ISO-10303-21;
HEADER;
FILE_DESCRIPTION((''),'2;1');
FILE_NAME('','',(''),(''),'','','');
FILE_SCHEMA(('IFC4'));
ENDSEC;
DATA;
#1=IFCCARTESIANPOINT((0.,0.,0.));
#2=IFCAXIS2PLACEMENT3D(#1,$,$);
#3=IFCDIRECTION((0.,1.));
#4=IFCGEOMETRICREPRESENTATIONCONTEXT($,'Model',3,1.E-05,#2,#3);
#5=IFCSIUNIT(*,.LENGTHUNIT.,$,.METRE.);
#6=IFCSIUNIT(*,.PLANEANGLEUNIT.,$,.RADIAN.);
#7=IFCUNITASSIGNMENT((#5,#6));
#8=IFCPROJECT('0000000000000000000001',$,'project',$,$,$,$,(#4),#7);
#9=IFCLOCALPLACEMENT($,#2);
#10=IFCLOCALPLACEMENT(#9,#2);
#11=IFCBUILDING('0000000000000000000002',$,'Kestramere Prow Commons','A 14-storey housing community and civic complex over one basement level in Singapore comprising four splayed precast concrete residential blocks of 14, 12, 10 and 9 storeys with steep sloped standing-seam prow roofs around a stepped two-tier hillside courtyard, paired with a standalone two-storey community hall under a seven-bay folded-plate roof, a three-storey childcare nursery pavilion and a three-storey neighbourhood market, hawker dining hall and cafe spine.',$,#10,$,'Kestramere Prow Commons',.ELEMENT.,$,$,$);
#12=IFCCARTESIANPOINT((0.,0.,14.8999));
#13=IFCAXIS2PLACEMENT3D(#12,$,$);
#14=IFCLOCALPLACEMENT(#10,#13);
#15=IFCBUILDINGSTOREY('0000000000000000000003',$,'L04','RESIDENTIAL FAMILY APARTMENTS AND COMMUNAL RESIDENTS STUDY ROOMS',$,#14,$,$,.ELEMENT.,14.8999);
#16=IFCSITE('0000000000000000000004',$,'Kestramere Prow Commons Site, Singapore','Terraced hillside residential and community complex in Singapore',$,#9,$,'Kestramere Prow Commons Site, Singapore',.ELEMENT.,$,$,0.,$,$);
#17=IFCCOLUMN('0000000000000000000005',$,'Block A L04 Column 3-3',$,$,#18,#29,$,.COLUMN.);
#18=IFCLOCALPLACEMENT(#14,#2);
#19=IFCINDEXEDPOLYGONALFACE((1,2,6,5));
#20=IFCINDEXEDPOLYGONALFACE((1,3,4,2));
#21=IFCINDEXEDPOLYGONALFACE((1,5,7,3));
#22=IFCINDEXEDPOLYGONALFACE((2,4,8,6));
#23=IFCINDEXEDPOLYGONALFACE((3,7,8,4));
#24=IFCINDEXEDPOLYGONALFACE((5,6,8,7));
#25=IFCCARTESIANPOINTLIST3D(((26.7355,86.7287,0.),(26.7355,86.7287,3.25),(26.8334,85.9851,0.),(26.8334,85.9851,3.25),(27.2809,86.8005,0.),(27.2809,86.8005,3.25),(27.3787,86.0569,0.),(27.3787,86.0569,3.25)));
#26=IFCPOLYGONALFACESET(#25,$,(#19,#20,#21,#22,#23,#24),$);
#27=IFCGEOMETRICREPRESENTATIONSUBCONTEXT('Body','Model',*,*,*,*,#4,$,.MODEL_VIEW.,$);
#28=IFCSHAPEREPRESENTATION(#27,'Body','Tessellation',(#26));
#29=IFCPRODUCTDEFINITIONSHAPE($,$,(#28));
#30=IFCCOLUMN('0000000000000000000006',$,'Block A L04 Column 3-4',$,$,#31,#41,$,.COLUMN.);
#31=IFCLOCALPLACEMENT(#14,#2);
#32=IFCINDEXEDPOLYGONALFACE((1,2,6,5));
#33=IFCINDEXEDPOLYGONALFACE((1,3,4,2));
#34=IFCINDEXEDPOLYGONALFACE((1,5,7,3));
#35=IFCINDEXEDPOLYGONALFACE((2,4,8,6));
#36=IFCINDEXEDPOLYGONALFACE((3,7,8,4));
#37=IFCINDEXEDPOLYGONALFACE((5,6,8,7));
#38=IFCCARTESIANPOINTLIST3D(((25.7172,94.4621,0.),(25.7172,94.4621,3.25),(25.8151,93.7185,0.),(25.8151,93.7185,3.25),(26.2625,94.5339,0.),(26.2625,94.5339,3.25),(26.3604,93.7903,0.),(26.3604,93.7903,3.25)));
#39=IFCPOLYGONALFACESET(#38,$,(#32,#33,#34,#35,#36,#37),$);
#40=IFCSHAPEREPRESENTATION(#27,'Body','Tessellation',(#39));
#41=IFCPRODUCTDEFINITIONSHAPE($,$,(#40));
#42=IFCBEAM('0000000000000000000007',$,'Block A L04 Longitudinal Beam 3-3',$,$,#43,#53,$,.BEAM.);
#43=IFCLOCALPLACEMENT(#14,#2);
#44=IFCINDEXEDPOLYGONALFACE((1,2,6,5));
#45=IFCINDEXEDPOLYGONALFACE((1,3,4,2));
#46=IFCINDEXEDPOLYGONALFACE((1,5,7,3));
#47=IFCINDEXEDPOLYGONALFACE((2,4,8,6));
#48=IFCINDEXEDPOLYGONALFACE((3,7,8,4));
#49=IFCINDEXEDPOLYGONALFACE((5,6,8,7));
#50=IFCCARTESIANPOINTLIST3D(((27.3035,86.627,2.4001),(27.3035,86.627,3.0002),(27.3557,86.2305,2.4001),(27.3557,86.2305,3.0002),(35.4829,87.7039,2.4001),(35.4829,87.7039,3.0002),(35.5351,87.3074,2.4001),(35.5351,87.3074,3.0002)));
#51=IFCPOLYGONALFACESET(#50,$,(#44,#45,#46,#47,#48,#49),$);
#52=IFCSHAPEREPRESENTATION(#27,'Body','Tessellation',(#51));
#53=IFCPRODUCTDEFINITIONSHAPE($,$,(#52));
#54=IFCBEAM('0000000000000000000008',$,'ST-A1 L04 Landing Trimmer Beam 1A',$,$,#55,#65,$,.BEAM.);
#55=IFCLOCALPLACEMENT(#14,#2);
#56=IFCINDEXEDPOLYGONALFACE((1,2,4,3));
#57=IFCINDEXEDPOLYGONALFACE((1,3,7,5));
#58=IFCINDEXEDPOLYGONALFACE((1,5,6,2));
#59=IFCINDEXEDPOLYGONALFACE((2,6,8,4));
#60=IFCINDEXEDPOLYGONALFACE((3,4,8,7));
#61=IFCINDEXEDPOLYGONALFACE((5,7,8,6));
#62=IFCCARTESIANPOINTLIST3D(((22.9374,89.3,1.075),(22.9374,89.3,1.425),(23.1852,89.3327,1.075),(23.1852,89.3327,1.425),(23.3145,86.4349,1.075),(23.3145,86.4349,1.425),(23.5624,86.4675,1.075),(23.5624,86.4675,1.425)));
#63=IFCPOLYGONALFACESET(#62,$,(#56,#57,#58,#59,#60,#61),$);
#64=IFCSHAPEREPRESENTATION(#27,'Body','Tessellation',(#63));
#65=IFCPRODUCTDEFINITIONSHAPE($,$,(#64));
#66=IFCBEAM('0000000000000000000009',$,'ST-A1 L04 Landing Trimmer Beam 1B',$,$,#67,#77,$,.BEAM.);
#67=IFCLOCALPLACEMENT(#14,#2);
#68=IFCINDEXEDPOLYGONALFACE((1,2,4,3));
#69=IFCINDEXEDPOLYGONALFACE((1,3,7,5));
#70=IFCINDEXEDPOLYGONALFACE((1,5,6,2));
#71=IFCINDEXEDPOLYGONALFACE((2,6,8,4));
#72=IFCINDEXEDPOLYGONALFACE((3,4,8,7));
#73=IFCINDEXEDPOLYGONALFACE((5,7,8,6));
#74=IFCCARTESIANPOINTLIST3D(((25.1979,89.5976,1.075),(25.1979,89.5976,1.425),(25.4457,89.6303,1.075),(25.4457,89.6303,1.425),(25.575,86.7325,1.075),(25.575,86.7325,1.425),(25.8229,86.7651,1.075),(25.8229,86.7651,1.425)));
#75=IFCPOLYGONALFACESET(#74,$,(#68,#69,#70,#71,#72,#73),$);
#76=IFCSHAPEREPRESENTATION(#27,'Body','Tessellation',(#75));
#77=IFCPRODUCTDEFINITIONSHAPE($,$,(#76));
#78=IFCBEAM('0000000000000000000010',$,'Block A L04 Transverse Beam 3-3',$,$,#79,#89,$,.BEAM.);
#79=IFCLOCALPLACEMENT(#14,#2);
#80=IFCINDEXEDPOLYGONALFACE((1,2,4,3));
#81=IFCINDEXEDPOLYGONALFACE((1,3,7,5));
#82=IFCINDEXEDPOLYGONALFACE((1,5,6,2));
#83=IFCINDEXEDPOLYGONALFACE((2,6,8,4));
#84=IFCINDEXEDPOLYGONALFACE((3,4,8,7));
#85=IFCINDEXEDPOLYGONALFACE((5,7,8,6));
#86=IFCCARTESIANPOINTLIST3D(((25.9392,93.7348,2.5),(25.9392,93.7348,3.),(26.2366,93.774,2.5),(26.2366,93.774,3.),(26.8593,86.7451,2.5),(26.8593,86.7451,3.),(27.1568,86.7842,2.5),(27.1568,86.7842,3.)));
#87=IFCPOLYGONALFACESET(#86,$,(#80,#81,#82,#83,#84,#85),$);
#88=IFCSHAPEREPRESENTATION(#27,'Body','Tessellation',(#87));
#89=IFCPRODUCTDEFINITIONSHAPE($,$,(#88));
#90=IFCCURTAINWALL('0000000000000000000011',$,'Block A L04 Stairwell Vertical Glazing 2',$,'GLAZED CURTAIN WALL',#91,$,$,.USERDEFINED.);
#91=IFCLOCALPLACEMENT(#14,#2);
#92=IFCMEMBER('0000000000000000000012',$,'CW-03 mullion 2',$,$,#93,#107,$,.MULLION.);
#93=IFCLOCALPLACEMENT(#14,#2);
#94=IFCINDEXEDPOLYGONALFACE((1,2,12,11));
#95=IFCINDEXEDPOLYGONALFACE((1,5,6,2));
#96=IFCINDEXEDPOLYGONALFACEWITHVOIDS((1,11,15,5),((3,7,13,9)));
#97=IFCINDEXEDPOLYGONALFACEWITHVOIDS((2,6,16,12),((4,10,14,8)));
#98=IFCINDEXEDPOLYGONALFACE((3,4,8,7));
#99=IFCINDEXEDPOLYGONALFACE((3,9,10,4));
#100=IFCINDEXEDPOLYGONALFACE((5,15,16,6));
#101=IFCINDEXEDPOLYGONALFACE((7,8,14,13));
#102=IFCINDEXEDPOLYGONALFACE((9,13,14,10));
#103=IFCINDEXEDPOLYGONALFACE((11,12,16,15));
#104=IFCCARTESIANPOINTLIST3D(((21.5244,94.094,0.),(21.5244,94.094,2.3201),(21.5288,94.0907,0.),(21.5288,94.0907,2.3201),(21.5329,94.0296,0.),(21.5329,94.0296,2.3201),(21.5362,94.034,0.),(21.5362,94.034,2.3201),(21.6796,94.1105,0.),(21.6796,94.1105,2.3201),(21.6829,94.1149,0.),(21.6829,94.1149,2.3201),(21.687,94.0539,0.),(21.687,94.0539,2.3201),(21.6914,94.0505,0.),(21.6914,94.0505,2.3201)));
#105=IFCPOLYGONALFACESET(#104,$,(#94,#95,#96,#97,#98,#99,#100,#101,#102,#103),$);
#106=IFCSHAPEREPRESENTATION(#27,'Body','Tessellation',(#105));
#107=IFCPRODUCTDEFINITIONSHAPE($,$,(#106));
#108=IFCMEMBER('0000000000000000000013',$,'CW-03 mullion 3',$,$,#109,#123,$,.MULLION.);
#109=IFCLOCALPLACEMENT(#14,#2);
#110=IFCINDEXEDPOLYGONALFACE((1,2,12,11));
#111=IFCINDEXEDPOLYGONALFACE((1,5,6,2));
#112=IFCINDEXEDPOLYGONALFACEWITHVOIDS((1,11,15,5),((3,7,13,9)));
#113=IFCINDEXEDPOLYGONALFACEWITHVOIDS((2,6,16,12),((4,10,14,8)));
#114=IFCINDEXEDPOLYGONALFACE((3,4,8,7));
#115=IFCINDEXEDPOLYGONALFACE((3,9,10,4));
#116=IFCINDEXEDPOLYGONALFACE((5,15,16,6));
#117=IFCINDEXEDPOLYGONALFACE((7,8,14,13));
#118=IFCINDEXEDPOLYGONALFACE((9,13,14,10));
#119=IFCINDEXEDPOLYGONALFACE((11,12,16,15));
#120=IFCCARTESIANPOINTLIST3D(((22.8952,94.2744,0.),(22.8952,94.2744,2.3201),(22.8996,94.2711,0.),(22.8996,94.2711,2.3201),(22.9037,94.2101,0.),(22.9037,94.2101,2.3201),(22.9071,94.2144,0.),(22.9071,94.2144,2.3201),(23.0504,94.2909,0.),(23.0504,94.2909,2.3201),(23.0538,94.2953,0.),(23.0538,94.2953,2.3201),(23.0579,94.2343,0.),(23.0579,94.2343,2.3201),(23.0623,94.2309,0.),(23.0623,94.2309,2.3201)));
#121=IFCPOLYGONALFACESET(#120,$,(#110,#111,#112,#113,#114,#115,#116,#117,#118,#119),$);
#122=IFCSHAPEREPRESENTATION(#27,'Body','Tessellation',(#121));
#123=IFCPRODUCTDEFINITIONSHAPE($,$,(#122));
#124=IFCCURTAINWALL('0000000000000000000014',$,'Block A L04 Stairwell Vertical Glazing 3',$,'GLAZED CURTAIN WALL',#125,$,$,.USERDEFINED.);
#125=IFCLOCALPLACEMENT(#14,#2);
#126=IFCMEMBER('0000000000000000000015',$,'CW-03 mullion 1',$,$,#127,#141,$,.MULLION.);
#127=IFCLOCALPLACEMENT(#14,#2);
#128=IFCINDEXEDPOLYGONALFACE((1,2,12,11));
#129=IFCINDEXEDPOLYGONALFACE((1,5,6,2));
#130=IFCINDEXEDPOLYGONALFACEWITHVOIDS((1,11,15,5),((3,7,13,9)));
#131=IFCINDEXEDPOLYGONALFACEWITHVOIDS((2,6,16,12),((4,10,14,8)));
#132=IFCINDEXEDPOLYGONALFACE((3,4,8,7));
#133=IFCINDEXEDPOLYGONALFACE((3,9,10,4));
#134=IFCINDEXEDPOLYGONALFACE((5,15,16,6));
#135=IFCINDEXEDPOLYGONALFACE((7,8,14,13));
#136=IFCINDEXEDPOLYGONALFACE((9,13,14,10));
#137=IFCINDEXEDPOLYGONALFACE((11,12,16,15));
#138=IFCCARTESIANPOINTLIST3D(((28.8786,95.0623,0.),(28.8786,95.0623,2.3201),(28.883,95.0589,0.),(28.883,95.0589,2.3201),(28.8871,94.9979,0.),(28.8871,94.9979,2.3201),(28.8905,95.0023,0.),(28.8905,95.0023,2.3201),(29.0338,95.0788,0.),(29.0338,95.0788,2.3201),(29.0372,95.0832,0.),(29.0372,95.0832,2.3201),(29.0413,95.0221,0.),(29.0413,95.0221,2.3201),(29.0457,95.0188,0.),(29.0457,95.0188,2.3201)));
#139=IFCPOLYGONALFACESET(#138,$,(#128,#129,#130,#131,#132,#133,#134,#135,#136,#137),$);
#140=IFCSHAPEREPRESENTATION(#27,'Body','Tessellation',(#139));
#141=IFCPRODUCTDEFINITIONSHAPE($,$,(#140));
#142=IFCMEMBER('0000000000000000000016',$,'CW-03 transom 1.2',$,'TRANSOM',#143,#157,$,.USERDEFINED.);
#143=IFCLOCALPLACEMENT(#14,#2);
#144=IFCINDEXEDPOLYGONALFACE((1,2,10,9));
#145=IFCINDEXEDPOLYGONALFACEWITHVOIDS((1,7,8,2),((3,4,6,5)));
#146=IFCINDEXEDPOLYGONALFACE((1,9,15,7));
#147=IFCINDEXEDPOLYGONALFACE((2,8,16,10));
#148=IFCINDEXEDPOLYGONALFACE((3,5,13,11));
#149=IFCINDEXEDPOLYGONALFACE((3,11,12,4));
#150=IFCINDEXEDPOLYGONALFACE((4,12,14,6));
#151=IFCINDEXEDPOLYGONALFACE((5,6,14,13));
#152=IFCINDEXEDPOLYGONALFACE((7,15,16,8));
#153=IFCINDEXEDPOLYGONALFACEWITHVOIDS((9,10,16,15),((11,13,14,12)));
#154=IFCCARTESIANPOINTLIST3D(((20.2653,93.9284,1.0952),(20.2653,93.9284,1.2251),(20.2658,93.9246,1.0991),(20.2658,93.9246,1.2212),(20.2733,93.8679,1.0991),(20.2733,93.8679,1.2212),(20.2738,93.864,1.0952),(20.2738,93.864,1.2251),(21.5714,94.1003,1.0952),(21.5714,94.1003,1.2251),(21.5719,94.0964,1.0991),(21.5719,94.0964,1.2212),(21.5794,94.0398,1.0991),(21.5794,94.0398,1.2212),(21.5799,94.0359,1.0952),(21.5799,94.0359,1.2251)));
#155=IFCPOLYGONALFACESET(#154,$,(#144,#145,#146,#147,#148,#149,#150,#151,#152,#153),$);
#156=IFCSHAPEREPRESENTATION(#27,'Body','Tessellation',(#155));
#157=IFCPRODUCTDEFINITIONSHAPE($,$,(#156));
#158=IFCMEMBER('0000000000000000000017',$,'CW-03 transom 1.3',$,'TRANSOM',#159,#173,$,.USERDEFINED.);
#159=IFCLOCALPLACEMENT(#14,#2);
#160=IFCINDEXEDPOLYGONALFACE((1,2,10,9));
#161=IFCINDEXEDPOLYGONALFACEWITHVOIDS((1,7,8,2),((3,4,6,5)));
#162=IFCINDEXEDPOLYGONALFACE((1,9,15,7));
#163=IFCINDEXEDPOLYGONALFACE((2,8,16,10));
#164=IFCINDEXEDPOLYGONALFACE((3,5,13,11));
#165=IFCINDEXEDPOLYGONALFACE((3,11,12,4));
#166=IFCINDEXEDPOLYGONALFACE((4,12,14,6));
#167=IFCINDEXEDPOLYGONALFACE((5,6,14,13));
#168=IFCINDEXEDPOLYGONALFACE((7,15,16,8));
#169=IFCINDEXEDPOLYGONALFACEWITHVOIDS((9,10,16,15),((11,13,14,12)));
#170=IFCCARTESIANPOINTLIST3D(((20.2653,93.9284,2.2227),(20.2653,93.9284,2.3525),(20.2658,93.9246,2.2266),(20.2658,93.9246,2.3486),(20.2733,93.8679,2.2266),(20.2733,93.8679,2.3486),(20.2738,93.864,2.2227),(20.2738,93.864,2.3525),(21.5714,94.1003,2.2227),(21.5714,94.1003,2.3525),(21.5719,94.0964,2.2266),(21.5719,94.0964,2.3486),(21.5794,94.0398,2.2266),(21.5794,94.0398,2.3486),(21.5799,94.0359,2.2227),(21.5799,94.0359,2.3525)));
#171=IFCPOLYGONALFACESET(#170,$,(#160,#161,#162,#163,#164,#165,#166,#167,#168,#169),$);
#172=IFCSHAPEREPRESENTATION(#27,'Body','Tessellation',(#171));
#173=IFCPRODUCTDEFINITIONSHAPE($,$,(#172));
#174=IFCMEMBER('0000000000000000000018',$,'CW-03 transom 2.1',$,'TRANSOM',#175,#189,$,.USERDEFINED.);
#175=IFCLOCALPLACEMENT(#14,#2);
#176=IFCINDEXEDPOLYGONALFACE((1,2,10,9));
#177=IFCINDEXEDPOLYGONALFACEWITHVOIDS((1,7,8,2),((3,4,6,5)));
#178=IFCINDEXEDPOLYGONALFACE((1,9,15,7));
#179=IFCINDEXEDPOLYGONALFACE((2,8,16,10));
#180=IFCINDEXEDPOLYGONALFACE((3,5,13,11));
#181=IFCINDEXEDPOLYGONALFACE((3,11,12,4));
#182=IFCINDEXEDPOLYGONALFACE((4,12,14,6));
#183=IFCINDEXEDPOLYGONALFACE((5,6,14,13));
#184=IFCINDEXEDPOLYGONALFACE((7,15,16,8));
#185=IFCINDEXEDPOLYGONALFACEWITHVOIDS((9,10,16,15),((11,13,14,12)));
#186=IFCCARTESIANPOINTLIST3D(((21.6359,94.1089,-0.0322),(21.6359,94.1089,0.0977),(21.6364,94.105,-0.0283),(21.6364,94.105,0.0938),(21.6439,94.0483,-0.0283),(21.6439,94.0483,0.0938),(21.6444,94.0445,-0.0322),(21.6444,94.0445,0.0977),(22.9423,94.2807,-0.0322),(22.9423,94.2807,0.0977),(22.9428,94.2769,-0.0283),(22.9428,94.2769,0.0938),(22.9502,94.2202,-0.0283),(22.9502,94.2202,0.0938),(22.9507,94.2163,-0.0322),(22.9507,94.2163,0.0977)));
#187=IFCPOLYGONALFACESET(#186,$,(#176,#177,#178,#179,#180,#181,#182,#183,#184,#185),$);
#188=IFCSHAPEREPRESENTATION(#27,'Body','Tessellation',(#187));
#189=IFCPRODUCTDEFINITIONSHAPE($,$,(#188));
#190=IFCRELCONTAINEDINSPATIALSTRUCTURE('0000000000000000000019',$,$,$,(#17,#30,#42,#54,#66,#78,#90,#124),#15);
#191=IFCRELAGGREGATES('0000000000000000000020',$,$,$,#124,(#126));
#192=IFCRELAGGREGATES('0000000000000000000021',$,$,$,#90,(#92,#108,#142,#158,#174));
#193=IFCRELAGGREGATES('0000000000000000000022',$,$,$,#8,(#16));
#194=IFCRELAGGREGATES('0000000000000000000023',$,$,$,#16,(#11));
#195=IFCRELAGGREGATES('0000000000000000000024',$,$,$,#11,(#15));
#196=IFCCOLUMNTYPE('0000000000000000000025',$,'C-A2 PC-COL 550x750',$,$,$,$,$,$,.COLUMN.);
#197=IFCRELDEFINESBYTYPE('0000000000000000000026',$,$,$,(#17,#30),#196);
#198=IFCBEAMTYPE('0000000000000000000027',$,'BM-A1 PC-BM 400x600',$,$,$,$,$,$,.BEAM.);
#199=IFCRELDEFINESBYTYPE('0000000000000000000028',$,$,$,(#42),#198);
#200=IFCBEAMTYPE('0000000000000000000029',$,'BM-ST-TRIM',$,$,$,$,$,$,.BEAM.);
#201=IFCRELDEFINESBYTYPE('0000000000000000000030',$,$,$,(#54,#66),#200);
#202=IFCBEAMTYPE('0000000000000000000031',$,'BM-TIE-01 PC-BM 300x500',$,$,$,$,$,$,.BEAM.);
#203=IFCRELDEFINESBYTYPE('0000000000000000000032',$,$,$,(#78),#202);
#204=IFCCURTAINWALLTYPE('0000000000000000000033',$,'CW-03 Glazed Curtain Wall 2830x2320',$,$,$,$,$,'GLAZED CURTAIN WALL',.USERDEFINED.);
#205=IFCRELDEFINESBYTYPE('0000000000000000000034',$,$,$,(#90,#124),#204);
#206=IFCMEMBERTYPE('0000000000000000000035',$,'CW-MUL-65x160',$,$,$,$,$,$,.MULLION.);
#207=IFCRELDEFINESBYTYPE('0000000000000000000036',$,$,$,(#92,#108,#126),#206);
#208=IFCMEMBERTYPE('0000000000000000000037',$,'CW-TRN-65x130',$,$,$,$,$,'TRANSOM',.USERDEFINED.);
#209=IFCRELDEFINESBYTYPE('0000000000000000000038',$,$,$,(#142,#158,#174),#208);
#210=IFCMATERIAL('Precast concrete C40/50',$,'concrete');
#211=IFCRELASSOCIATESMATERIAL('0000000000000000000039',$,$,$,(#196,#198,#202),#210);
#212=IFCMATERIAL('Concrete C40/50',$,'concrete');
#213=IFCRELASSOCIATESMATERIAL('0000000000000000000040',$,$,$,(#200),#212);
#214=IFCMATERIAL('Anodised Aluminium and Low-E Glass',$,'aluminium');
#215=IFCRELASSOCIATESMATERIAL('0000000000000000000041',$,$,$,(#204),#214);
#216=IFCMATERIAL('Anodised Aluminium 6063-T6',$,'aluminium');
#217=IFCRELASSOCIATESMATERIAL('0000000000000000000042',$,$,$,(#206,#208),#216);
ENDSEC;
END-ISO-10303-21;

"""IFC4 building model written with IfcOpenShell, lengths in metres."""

from ifc_helpers import new_model, si_unit, direction, frame, origin, origin_2d, place, context, subcontext, project, spatial, rectangle, hollow_rectangle, extrude, material, material_profile, profile_set, type_object, element, aggregate, save


model = new_model("IFC4")

# Units and contexts
model_context = context("Model", 3, precision=1e-05, world=origin(), true_north=direction((0.0, 1.0)))
body_context = subcontext(model_context, "Body", "Model", "MODEL_VIEW")
ifc_project = project(units=[si_unit("LENGTHUNIT", "METRE"), si_unit("PLANEANGLEUNIT", "RADIAN")], contexts=[model_context])

# Site, building, storey
site_placement = place(None, origin())
site = spatial("IfcSite", under=ifc_project, at=site_placement, Name="Kestramere Prow Commons Site, Singapore", Description="Terraced hillside residential and community complex in Singapore", LongName="Kestramere Prow Commons Site, Singapore", CompositionType="ELEMENT", RefElevation=0.0)
building_placement = place(site_placement, origin())
building = spatial("IfcBuilding", under=site, at=building_placement, Name="Kestramere Prow Commons", Description="A 14-storey housing community and civic complex over one basement level in Singapore comprising four splayed precast concrete residential blocks of 14, 12, 10 and 9 storeys with steep sloped standing-seam prow roofs around a stepped two-tier hillside courtyard, paired with a standalone two-storey community hall under a seven-bay folded-plate roof, a three-storey childcare nursery pavilion and a three-storey neighbourhood market, hawker dining hall and cafe spine.", LongName="Kestramere Prow Commons", CompositionType="ELEMENT")
storey_placement = place(building_placement, frame((0.0, 0.0, 14.8999)))
storey = spatial("IfcBuildingStorey", under=building, at=storey_placement, Name="L04", Description="RESIDENTIAL FAMILY APARTMENTS AND COMMUNAL RESIDENTS STUDY ROOMS", CompositionType="ELEMENT", Elevation=14.8999)

# Columns
ifc_material_1 = material(Name="Precast concrete C40/50", Category="concrete")
ifc_material_profile_1 = material_profile(ifc_material_1, rectangle(XDim=0.55, YDim=0.75, at=origin_2d()), Name="PC-COL 550x750")
ifc_profile_set_1 = profile_set([ifc_material_profile_1], Name="Precast concrete C40/50")
column_type = type_object("IfcColumnType", Name="C-A2 PC-COL 550x750", PredefinedType="COLUMN", material=ifc_profile_set_1)
for number, where, z_axis, x_axis, name in (
    (1, (27.0571, 86.3928, 0.0), (0.0, 0.0, 1.0), (0.991445, 0.130526, 0.0), "Block A L04 Column 3-3"),
    (2, (26.0388, 94.1262, 0.0), (0.0, 0.0, 1.0), (0.991445, 0.130526, 0.0), "Block A L04 Column 3-4"),
):
    element("IfcColumn", number, at=place(storey_placement, frame(where, z_axis=z_axis, x_axis=x_axis)), inside=storey, type_object=column_type, Name=name, PredefinedType="COLUMN", context=body_context, shape_type="SweptSolid", body=[
        extrude(rectangle(XDim=0.55, YDim=0.75, at=origin_2d()), origin(), (0.0, 0.0, 1.0), 3.25),
    ])

# Beams
ifc_material_profile_2 = material_profile(ifc_material_1, rectangle(XDim=0.3999, YDim=0.6001, at=origin_2d()), Name="PC-BM 400x600")
ifc_profile_set_2 = profile_set([ifc_material_profile_2], Name="Precast concrete C40/50")
beam_type_1 = type_object("IfcBeamType", Name="BM-A1 PC-BM 400x600", PredefinedType="BEAM", material=ifc_profile_set_2)
beam_1_placement = place(storey_placement, frame((27.3296, 86.4287, 2.7002), z_axis=(0.991444, 0.130533, 0.0), x_axis=(-0.130533, 0.991444, 0.0)))
element("IfcBeam", 3, at=beam_1_placement, inside=storey, type_object=beam_type_1, Name="Block A L04 Longitudinal Beam 3-3", PredefinedType="BEAM", context=body_context, shape_type="SweptSolid", body=[
    extrude(rectangle(XDim=0.3999, YDim=0.6001, at=origin_2d()), origin(), (0.0, 0.0, 1.0), 8.25),
])
ifc_material_2 = material(Name="Concrete C40/50", Category="concrete")
ifc_material_profile_3 = material_profile(ifc_material_2, rectangle(XDim=0.25, YDim=0.3501, at=origin_2d()), Name="PC-BM 250x350")
ifc_profile_set_3 = profile_set([ifc_material_profile_3], Name="Concrete C40/50")
beam_type_2 = type_object("IfcBeamType", Name="BM-ST-TRIM", PredefinedType="BEAM", material=ifc_profile_set_3)
for number, where, z_axis, x_axis, name in (
    (4, (23.4385, 86.4512, 1.25), (-0.13052, 0.991446, 0.0), (-0.991446, -0.13052, 0.0), "ST-A1 L04 Landing Trimmer Beam 1A"),
    (5, (25.699, 86.7488, 1.25), (-0.13052, 0.991446, 0.0), (-0.991446, -0.13052, 0.0), "ST-A1 L04 Landing Trimmer Beam 1B"),
):
    element("IfcBeam", number, at=place(storey_placement, frame(where, z_axis=z_axis, x_axis=x_axis)), inside=storey, type_object=beam_type_2, Name=name, PredefinedType="BEAM", context=body_context, shape_type="SweptSolid", body=[
        extrude(rectangle(XDim=0.25, YDim=0.3501, at=origin_2d()), origin(), (0.0, 0.0, 1.0), 2.8899),
    ])
ifc_material_profile_4 = material_profile(ifc_material_1, rectangle(XDim=0.3, YDim=0.5, at=origin_2d()), Name="PC-BM 300x500")
ifc_profile_set_4 = profile_set([ifc_material_profile_4], Name="Precast concrete C40/50")
beam_type_3 = type_object("IfcBeamType", Name="BM-TIE-01 PC-BM 300x500", PredefinedType="BEAM", material=ifc_profile_set_4)
beam_2_placement = place(storey_placement, frame((27.0081, 86.7646, 2.75), z_axis=(-0.130519, 0.991446, 0.0), x_axis=(-0.991446, -0.130519, 0.0)))
element("IfcBeam", 6, at=beam_2_placement, inside=storey, type_object=beam_type_3, Name="Block A L04 Transverse Beam 3-3", PredefinedType="BEAM", context=body_context, shape_type="SweptSolid", body=[
    extrude(rectangle(XDim=0.3, YDim=0.5, at=origin_2d()), origin(), (0.0, 0.0, 1.0), 7.05),
])

# Curtain wall, members
ifc_material_3 = material(Name="Anodised Aluminium and Low-E Glass", Category="aluminium")
curtain_wall_type = type_object("IfcCurtainWallType", Name="CW-03 Glazed Curtain Wall 2830x2320", ElementType="GLAZED CURTAIN WALL", PredefinedType="USERDEFINED", material=ifc_material_3)
curtain_wall_1_placement = place(storey_placement, origin())
curtain_wall_1 = element("IfcCurtainWall", 7, at=curtain_wall_1_placement, inside=storey, type_object=curtain_wall_type, Name="Block A L04 Stairwell Vertical Glazing 2", ObjectType="GLAZED CURTAIN WALL", PredefinedType="USERDEFINED")
ifc_material_4 = material(Name="Anodised Aluminium 6063-T6", Category="aluminium")
ifc_material_profile_5 = material_profile(ifc_material_4, hollow_rectangle(XDim=0.0649, YDim=0.1599, WallThickness=0.0039, at=origin_2d()), Name="ALU-MUL 65x160")
ifc_profile_set_5 = profile_set([ifc_material_profile_5], Name="Anodised Aluminium 6063-T6")
member_type_1 = type_object("IfcMemberType", Name="CW-MUL-65x160", PredefinedType="MULLION", material=ifc_profile_set_5)
member_1_placement = place(storey_placement, frame((21.6079, 94.0723, 0.0), z_axis=(0.0, 0.0, 1.0), x_axis=(-0.130526, 0.991445, 0.0)))
member_1 = element("IfcMember", 8, at=member_1_placement, type_object=member_type_1, Name="CW-03 mullion 2", PredefinedType="MULLION", context=body_context, shape_type="SweptSolid", body=[
    extrude(hollow_rectangle(XDim=0.0649, YDim=0.1599, WallThickness=0.0039, at=origin_2d()), origin(), (0.0, 0.0, 1.0), 2.3201),
])
member_2_placement = place(storey_placement, frame((22.9788, 94.2527, 0.0), z_axis=(0.0, 0.0, 1.0), x_axis=(-0.130526, 0.991445, 0.0)))
member_2 = element("IfcMember", 9, at=member_2_placement, type_object=member_type_1, Name="CW-03 mullion 3", PredefinedType="MULLION", context=body_context, shape_type="SweptSolid", body=[
    extrude(hollow_rectangle(XDim=0.0649, YDim=0.1599, WallThickness=0.0039, at=origin_2d()), origin(), (0.0, 0.0, 1.0), 2.3201),
])

# Curtain wall, member
curtain_wall_2_placement = place(storey_placement, origin())
curtain_wall_2 = element("IfcCurtainWall", 10, at=curtain_wall_2_placement, inside=storey, type_object=curtain_wall_type, Name="Block A L04 Stairwell Vertical Glazing 3", ObjectType="GLAZED CURTAIN WALL", PredefinedType="USERDEFINED")
member_3_placement = place(storey_placement, frame((28.9622, 95.0405, 0.0), z_axis=(0.0, 0.0, 1.0), x_axis=(-0.130526, 0.991445, 0.0)))
member_3 = element("IfcMember", 11, at=member_3_placement, type_object=member_type_1, Name="CW-03 mullion 1", PredefinedType="MULLION", context=body_context, shape_type="SweptSolid", body=[
    extrude(hollow_rectangle(XDim=0.0649, YDim=0.1599, WallThickness=0.0039, at=origin_2d()), origin(), (0.0, 0.0, 1.0), 2.3201),
])

# Members
ifc_material_profile_6 = material_profile(ifc_material_4, hollow_rectangle(XDim=0.0649, YDim=0.1299, WallThickness=0.0039, at=origin_2d()), Name="ALU-TRN 65x130")
ifc_profile_set_6 = profile_set([ifc_material_profile_6], Name="Anodised Aluminium 6063-T6")
member_type_2 = type_object("IfcMemberType", Name="CW-TRN-65x130", ElementType="TRANSOM", PredefinedType="USERDEFINED", material=ifc_profile_set_6)
member_4_placement = place(storey_placement, frame((20.2695, 93.8962, 1.1602), z_axis=(0.991453, 0.130464, 0.0), x_axis=(-0.130464, 0.991453, 0.0)))
member_4 = element("IfcMember", 12, at=member_4_placement, type_object=member_type_2, Name="CW-03 transom 1.2", ObjectType="TRANSOM", PredefinedType="USERDEFINED", context=body_context, shape_type="SweptSolid", body=[
    extrude(hollow_rectangle(XDim=0.0649, YDim=0.1299, WallThickness=0.0039, at=origin_2d()), origin(), (0.0, 0.0, 1.0), 1.3174),
])
member_5_placement = place(storey_placement, frame((20.2695, 93.8962, 2.2876), z_axis=(0.991453, 0.130464, 0.0), x_axis=(-0.130464, 0.991453, 0.0)))
member_5 = element("IfcMember", 13, at=member_5_placement, type_object=member_type_2, Name="CW-03 transom 1.3", ObjectType="TRANSOM", PredefinedType="USERDEFINED", context=body_context, shape_type="SweptSolid", body=[
    extrude(hollow_rectangle(XDim=0.0649, YDim=0.1299, WallThickness=0.0039, at=origin_2d()), origin(), (0.0, 0.0, 1.0), 1.3174),
])
member_6_placement = place(storey_placement, frame((21.6401, 94.0767, 0.0327), z_axis=(0.991456, 0.13044, 0.0), x_axis=(-0.13044, 0.991456, 0.0)))
member_6 = element("IfcMember", 14, at=member_6_placement, type_object=member_type_2, Name="CW-03 transom 2.1", ObjectType="TRANSOM", PredefinedType="USERDEFINED", context=body_context, shape_type="SweptSolid", body=[
    extrude(hollow_rectangle(XDim=0.0649, YDim=0.1299, WallThickness=0.0039, at=origin_2d()), origin(), (0.0, 0.0, 1.0), 1.3176),
])
aggregate(curtain_wall_2, [member_3])

aggregate(curtain_wall_1, [member_1, member_2, member_4, member_5, member_6])

save(model, "model.ifc")
